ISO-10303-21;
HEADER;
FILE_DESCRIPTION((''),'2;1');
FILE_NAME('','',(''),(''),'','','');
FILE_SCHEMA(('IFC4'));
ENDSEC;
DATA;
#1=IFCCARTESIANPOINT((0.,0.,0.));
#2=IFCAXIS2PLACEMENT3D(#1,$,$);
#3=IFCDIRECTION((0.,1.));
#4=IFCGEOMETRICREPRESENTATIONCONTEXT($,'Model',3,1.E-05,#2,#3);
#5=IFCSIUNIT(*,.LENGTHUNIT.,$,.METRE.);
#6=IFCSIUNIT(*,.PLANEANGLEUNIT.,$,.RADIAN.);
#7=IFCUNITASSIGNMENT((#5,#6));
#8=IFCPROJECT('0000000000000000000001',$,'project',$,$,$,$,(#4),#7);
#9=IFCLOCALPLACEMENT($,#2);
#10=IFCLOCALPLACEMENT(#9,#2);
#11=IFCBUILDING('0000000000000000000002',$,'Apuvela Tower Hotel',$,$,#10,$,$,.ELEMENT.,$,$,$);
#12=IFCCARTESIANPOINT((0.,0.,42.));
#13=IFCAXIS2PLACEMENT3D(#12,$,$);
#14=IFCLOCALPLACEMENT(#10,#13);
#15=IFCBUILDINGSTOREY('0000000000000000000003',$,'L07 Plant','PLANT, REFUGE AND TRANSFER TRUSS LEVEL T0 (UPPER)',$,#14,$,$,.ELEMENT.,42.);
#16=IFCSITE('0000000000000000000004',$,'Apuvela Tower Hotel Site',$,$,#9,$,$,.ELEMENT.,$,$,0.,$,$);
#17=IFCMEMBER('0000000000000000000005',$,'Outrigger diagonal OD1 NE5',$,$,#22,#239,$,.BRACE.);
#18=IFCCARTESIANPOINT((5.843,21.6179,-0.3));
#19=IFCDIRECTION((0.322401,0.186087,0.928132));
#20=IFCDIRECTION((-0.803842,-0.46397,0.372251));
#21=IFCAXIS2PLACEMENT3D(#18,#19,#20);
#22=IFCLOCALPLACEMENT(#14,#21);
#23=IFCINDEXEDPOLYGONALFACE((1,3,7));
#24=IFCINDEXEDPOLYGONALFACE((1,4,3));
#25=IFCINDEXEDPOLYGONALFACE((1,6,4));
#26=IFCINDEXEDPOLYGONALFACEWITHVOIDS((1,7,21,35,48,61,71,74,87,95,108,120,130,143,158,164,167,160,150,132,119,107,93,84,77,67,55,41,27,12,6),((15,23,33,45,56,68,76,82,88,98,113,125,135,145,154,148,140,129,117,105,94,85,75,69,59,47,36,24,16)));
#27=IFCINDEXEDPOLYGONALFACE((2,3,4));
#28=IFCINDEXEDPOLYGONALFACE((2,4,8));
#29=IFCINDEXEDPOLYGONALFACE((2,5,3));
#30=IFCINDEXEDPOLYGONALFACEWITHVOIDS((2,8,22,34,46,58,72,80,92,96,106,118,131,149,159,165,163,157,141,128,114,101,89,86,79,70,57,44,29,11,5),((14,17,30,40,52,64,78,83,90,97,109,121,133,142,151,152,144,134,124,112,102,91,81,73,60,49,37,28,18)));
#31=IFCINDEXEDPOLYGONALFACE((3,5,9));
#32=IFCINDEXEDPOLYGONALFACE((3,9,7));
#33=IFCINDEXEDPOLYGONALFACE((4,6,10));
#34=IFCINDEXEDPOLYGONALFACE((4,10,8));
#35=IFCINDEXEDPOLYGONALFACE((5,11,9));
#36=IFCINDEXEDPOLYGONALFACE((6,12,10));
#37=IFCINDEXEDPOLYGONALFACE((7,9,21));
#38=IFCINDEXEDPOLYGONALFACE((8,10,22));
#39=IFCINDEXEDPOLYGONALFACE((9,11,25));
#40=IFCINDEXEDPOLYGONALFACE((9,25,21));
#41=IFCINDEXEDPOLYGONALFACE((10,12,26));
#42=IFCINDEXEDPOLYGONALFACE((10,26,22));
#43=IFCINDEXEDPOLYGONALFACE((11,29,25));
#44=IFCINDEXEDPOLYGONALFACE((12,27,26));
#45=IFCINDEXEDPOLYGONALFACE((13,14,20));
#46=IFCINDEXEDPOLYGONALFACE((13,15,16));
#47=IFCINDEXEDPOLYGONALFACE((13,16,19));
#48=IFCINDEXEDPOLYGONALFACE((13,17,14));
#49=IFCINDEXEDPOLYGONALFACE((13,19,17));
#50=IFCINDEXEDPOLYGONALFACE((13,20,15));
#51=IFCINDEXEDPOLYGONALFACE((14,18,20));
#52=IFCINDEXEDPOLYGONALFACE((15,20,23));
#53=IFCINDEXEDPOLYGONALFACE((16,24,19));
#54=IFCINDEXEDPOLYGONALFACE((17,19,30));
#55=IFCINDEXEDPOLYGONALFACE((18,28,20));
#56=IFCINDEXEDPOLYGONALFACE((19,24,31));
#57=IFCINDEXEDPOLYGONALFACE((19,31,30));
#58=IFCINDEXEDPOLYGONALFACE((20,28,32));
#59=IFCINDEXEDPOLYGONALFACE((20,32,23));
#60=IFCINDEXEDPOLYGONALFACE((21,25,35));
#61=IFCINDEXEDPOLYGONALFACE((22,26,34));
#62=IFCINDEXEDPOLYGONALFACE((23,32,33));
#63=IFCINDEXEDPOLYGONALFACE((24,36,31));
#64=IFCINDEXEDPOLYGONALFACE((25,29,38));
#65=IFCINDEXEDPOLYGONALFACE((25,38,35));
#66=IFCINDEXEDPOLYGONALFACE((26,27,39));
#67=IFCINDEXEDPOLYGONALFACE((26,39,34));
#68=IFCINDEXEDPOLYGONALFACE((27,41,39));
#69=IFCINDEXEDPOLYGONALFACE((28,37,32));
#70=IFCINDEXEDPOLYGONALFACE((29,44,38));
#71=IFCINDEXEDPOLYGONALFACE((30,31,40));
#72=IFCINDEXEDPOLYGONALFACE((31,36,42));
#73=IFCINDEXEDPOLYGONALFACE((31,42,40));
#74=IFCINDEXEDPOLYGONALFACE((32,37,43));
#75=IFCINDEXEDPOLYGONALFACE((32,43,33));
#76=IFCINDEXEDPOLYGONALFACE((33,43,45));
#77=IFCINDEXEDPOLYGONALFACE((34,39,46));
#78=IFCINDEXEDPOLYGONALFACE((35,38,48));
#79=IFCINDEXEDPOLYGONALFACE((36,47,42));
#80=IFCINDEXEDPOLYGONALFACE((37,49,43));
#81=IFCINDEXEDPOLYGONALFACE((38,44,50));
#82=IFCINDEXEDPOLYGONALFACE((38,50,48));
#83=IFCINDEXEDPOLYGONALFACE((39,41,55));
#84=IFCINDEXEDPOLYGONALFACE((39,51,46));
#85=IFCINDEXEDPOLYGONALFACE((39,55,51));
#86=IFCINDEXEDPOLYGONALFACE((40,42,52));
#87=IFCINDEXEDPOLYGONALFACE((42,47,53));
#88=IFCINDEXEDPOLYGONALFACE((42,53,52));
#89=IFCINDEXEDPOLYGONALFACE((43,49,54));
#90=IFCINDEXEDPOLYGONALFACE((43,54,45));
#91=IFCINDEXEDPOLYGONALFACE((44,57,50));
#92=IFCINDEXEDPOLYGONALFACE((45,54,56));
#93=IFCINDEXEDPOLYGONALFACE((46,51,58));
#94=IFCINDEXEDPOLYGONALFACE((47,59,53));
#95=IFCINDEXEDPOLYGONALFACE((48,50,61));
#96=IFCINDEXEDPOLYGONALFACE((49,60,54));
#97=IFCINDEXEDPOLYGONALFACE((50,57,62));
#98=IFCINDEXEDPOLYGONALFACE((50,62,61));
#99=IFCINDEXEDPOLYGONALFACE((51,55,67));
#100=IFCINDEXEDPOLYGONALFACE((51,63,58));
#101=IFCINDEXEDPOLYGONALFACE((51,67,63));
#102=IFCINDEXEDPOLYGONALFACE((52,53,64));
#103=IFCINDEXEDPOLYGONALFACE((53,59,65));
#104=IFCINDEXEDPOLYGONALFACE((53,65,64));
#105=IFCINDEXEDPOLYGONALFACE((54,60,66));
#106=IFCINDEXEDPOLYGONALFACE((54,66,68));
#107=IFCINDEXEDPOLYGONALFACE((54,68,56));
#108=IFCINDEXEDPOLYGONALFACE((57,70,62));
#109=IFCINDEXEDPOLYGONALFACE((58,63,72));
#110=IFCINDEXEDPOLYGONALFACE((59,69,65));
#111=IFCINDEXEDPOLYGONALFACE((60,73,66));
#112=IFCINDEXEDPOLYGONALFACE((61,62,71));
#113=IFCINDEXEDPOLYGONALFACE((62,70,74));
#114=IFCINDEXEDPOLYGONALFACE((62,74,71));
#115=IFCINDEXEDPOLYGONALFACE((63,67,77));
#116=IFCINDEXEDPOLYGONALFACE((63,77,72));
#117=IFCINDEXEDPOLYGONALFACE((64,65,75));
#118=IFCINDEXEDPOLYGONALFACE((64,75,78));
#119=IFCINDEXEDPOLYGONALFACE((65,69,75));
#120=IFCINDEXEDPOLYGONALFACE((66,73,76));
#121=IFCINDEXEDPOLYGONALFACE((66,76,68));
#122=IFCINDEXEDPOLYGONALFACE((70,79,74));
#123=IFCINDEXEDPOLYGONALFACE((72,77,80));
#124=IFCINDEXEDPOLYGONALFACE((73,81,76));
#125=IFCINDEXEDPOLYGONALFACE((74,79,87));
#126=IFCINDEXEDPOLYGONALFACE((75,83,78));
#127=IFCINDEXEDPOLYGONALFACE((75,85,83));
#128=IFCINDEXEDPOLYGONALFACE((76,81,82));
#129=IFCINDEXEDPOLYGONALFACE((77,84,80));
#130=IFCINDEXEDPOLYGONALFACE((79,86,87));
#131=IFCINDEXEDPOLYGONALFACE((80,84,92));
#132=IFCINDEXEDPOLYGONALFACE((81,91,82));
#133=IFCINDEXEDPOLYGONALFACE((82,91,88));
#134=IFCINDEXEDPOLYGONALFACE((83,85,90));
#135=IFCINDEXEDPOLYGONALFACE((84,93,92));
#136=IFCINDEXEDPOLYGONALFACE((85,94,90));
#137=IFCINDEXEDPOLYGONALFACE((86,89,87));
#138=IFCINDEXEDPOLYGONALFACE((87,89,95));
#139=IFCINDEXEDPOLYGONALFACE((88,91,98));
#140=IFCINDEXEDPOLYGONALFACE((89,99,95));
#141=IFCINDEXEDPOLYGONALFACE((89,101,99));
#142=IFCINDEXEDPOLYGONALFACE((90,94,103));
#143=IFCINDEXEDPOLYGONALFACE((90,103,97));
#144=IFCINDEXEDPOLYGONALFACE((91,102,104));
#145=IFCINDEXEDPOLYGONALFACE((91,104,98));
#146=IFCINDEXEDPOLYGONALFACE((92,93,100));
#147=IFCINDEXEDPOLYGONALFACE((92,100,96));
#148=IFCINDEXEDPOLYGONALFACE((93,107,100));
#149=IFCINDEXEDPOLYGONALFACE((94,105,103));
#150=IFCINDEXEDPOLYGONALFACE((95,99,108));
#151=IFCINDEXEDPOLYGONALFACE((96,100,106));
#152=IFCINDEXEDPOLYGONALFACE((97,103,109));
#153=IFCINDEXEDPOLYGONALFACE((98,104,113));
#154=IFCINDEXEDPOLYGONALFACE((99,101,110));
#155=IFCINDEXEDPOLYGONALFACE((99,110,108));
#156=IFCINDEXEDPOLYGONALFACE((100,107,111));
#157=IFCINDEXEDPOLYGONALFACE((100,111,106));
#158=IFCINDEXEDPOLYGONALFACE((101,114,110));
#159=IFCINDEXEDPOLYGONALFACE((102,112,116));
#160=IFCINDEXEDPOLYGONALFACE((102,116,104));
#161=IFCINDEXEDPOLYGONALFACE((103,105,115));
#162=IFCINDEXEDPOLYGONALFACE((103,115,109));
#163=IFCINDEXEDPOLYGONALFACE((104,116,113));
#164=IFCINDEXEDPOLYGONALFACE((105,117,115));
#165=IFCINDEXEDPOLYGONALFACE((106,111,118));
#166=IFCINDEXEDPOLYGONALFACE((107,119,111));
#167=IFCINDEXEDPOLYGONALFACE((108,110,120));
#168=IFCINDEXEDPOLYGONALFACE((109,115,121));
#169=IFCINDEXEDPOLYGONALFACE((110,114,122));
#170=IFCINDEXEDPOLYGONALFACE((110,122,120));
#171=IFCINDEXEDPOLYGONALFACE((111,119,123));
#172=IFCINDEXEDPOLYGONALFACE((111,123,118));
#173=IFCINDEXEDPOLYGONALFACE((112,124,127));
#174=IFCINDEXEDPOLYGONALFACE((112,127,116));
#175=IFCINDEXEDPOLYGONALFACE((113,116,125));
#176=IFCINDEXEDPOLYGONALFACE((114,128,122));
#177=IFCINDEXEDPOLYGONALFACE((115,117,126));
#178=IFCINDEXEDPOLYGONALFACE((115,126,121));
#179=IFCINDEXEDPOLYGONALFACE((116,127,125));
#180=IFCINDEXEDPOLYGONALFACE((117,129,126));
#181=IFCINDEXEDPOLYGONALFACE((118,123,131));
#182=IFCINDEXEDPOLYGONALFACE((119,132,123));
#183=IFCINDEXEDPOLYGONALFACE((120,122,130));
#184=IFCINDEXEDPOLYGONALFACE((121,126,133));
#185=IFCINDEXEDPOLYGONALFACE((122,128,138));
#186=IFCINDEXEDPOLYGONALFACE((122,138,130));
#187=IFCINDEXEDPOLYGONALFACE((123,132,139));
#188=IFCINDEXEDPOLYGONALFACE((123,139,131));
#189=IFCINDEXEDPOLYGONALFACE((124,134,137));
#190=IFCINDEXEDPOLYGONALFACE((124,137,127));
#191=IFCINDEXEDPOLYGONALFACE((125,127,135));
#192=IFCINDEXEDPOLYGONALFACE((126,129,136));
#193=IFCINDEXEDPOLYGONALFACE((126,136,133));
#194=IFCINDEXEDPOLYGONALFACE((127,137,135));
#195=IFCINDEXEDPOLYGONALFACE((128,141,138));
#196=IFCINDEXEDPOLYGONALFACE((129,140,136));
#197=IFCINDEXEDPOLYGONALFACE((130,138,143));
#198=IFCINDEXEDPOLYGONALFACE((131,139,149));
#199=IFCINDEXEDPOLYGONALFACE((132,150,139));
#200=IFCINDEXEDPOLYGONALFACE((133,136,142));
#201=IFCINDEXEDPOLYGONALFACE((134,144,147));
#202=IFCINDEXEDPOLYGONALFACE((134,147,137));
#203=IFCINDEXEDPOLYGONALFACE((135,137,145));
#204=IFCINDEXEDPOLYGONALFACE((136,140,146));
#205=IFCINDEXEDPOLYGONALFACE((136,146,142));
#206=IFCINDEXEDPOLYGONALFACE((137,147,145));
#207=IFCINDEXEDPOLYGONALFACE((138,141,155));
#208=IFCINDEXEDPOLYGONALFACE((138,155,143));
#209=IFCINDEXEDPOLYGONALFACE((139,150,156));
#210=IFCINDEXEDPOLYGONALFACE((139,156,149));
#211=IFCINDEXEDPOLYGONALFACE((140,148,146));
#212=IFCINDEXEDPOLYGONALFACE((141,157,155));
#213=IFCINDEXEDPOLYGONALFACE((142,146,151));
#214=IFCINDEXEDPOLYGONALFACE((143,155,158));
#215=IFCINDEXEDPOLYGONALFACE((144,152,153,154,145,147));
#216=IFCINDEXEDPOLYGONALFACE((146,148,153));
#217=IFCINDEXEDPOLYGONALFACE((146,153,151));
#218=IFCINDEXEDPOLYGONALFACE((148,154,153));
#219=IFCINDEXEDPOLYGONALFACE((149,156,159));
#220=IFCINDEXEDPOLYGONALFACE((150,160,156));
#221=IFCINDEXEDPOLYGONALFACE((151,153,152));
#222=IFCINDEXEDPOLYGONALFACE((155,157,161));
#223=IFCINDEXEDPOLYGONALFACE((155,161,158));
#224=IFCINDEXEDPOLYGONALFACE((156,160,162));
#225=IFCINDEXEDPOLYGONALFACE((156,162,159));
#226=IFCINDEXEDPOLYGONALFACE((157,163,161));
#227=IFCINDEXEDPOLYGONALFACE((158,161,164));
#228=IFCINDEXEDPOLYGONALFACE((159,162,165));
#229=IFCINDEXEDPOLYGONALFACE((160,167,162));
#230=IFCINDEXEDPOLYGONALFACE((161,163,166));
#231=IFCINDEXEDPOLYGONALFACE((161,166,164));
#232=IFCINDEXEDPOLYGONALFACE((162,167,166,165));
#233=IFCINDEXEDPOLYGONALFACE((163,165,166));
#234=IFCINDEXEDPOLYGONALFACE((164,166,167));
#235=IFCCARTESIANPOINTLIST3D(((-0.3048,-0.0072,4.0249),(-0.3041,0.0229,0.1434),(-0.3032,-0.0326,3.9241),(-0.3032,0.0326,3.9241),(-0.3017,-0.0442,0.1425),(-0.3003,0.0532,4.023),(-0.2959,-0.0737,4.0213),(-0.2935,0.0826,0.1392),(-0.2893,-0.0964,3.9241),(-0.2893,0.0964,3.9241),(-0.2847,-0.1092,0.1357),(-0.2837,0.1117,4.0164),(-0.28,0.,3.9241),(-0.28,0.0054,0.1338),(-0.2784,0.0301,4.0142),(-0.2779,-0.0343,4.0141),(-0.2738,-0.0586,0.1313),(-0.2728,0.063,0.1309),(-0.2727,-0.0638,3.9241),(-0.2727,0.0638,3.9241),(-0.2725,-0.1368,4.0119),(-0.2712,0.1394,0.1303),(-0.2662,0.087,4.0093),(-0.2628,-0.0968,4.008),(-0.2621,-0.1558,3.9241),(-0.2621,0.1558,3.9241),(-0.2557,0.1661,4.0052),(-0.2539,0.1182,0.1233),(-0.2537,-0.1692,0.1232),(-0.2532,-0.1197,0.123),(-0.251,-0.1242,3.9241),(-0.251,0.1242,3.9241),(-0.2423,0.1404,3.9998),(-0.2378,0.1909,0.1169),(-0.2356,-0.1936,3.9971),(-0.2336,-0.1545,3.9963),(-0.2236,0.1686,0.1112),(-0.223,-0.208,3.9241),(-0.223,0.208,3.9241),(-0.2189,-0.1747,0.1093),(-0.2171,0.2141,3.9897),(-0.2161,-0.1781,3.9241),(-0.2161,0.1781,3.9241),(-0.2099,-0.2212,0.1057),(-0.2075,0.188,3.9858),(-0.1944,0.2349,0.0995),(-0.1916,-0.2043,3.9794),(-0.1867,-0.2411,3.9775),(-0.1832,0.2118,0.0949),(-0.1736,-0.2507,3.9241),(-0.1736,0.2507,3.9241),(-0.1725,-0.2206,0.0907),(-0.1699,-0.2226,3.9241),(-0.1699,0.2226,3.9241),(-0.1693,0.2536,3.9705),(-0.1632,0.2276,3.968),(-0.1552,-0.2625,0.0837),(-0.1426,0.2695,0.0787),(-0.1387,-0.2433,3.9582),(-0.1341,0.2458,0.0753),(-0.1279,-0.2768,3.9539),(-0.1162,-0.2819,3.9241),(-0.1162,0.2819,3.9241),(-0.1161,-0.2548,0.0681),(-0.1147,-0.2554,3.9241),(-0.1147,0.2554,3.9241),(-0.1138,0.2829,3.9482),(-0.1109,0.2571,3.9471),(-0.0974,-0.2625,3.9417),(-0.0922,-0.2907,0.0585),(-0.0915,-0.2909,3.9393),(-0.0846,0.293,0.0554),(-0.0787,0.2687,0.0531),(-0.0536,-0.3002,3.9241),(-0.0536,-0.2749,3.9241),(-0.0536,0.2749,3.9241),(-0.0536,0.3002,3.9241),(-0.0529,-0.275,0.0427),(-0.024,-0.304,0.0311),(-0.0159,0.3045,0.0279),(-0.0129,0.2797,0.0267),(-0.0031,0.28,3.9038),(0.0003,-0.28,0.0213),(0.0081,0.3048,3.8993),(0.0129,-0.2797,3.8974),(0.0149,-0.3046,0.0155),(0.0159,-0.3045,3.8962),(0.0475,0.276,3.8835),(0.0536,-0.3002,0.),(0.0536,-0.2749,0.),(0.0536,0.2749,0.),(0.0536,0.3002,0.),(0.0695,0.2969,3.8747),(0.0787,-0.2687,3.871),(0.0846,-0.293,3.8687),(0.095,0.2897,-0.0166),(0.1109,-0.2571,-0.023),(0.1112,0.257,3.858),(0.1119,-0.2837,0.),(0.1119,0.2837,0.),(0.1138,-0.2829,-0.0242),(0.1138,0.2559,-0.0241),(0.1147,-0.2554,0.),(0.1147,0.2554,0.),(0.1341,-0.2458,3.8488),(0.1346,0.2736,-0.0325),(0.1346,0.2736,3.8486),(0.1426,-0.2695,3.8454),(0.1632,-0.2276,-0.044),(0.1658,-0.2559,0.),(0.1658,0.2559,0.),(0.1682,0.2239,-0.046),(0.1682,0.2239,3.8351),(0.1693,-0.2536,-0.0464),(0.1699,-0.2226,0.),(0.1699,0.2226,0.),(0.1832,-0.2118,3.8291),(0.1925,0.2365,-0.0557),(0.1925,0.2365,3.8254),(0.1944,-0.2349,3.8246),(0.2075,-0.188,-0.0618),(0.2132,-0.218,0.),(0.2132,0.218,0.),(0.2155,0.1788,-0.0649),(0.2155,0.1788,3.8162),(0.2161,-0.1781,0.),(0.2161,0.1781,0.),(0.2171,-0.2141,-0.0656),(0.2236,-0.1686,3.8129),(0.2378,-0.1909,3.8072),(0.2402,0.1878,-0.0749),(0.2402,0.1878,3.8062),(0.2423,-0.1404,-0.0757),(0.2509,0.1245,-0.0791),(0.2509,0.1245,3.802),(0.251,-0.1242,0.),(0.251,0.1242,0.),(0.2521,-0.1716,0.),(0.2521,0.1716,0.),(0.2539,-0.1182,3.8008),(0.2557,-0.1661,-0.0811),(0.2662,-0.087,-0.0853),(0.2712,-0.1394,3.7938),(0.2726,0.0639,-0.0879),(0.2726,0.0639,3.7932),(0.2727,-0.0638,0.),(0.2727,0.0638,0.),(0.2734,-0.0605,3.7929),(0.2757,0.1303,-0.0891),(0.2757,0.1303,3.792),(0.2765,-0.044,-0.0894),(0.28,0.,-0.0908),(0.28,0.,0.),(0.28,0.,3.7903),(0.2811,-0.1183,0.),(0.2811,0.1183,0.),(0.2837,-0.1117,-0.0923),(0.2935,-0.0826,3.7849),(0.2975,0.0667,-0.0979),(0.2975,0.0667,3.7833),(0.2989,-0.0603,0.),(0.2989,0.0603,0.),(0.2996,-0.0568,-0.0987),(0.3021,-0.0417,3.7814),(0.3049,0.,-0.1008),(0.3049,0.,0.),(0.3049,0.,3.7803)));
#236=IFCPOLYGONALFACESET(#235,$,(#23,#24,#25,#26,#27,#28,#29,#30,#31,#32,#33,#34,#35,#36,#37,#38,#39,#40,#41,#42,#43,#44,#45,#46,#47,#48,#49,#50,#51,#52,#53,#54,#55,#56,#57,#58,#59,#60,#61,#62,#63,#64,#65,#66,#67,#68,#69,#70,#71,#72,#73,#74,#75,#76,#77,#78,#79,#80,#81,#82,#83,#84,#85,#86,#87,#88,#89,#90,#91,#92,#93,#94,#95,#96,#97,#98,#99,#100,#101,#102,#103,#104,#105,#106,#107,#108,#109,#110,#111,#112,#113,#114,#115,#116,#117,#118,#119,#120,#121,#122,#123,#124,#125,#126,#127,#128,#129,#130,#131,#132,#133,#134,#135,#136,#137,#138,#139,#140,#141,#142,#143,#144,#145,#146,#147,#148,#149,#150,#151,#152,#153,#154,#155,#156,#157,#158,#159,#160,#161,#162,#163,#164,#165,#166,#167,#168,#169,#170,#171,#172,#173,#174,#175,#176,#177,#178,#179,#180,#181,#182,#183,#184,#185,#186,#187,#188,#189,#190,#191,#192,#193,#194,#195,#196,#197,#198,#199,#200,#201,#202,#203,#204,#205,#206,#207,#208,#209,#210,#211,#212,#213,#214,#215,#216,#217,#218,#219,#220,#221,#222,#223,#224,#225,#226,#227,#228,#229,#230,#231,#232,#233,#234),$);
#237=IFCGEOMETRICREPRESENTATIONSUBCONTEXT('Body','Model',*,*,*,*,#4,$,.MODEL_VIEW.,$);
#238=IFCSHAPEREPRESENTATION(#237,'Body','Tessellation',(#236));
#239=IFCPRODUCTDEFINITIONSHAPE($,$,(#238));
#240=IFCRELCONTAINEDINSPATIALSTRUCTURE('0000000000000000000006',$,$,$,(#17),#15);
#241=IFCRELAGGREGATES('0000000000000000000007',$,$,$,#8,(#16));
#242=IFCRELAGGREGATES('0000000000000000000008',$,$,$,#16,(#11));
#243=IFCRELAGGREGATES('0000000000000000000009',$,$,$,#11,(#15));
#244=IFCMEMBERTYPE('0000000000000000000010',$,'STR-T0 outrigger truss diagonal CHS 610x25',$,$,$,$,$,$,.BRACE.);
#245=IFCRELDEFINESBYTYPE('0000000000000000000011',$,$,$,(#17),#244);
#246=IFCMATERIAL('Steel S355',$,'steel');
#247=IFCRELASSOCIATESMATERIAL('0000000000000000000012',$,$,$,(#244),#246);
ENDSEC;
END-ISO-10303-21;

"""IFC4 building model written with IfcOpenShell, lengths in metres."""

from ifc_helpers import new_model, si_unit, direction, frame, origin, origin_2d, place, context, subcontext, project, spatial, hollow_circle, extrude, boolean, halfspace, material, material_profile, profile_set, type_object, element, save


model = new_model("IFC4")

# Units and contexts
model_context = context("Model", 3, precision=1e-05, world=origin(), true_north=direction((0.0, 1.0)))
body_context = subcontext(model_context, "Body", "Model", "MODEL_VIEW")
ifc_project = project(units=[si_unit("LENGTHUNIT", "METRE"), si_unit("PLANEANGLEUNIT", "RADIAN")], contexts=[model_context])

# Site, building, storey
site_placement = place(None, origin())
site = spatial("IfcSite", under=ifc_project, at=site_placement, Name="Apuvela Tower Hotel Site", CompositionType="ELEMENT", RefElevation=0.0)
building_placement = place(site_placement, origin())
building = spatial("IfcBuilding", under=site, at=building_placement, Name="Apuvela Tower Hotel", CompositionType="ELEMENT")
storey_placement = place(building_placement, frame((0.0, 0.0, 42.0)))
storey = spatial("IfcBuildingStorey", under=building, at=storey_placement, Name="L07 Plant", Description="PLANT, REFUGE AND TRANSFER TRUSS LEVEL T0 (UPPER)", CompositionType="ELEMENT", Elevation=42.0)

# Shared definitions
ifc_material_1 = material(Name="Steel S355", Category="steel")

# Member
ifc_material_profile_1 = material_profile(ifc_material_1, hollow_circle(Radius=0.3049, WallThickness=0.0249, at=origin_2d()), Name="CHS 610x25")
ifc_profile_set_1 = profile_set([ifc_material_profile_1], Name="Steel S355")
member_type_1 = type_object("IfcMemberType", Name="STR-T0 outrigger truss diagonal CHS 610x25", PredefinedType="BRACE", material=ifc_profile_set_1)
member_1_placement = place(storey_placement, frame((5.843, 21.6179, -0.3), z_axis=(0.322401, 0.186087, 0.928132), x_axis=(-0.803842, -0.46397, 0.372251)))
solid_1 = boolean("DIFFERENCE", boolean("DIFFERENCE", extrude(hollow_circle(Radius=0.3049, WallThickness=0.0249, at=origin_2d()), frame((0.0, 0.0, -0.2422)), (0.0, 0.0, 1.0), 4.4087), halfspace(frame((0.0, 0.0, 0.0215), z_axis=(0.372251, 0.0, 0.928132), x_axis=(0.928132, 0.0, -0.372251)), True)), halfspace(frame((0.0, 0.0, 3.9026), z_axis=(0.372251, 0.0, 0.928132), x_axis=(0.928132, 0.0, -0.372251)), False))
element("IfcMember", 1, at=member_1_placement, inside=storey, type_object=member_type_1, Name="Outrigger diagonal OD1 NE5", PredefinedType="BRACE", context=body_context, shape_type="SweptSolid", body=[
    boolean("UNION", boolean("DIFFERENCE", boolean("DIFFERENCE", extrude(hollow_circle(Radius=0.3049, WallThickness=0.0249, at=origin_2d()), origin(), (0.0, 0.0, 1.0), 3.9241), halfspace(frame((0.0, 0.0, 0.0215), z_axis=(0.372251, 0.0, 0.928132), x_axis=(0.928132, 0.0, -0.372251)), True)), halfspace(frame((0.0, 0.0, 3.9026), z_axis=(0.372251, 0.0, 0.928132), x_axis=(0.928132, 0.0, -0.372251)), False)), solid_1),
])

save(model, "model.ifc")
